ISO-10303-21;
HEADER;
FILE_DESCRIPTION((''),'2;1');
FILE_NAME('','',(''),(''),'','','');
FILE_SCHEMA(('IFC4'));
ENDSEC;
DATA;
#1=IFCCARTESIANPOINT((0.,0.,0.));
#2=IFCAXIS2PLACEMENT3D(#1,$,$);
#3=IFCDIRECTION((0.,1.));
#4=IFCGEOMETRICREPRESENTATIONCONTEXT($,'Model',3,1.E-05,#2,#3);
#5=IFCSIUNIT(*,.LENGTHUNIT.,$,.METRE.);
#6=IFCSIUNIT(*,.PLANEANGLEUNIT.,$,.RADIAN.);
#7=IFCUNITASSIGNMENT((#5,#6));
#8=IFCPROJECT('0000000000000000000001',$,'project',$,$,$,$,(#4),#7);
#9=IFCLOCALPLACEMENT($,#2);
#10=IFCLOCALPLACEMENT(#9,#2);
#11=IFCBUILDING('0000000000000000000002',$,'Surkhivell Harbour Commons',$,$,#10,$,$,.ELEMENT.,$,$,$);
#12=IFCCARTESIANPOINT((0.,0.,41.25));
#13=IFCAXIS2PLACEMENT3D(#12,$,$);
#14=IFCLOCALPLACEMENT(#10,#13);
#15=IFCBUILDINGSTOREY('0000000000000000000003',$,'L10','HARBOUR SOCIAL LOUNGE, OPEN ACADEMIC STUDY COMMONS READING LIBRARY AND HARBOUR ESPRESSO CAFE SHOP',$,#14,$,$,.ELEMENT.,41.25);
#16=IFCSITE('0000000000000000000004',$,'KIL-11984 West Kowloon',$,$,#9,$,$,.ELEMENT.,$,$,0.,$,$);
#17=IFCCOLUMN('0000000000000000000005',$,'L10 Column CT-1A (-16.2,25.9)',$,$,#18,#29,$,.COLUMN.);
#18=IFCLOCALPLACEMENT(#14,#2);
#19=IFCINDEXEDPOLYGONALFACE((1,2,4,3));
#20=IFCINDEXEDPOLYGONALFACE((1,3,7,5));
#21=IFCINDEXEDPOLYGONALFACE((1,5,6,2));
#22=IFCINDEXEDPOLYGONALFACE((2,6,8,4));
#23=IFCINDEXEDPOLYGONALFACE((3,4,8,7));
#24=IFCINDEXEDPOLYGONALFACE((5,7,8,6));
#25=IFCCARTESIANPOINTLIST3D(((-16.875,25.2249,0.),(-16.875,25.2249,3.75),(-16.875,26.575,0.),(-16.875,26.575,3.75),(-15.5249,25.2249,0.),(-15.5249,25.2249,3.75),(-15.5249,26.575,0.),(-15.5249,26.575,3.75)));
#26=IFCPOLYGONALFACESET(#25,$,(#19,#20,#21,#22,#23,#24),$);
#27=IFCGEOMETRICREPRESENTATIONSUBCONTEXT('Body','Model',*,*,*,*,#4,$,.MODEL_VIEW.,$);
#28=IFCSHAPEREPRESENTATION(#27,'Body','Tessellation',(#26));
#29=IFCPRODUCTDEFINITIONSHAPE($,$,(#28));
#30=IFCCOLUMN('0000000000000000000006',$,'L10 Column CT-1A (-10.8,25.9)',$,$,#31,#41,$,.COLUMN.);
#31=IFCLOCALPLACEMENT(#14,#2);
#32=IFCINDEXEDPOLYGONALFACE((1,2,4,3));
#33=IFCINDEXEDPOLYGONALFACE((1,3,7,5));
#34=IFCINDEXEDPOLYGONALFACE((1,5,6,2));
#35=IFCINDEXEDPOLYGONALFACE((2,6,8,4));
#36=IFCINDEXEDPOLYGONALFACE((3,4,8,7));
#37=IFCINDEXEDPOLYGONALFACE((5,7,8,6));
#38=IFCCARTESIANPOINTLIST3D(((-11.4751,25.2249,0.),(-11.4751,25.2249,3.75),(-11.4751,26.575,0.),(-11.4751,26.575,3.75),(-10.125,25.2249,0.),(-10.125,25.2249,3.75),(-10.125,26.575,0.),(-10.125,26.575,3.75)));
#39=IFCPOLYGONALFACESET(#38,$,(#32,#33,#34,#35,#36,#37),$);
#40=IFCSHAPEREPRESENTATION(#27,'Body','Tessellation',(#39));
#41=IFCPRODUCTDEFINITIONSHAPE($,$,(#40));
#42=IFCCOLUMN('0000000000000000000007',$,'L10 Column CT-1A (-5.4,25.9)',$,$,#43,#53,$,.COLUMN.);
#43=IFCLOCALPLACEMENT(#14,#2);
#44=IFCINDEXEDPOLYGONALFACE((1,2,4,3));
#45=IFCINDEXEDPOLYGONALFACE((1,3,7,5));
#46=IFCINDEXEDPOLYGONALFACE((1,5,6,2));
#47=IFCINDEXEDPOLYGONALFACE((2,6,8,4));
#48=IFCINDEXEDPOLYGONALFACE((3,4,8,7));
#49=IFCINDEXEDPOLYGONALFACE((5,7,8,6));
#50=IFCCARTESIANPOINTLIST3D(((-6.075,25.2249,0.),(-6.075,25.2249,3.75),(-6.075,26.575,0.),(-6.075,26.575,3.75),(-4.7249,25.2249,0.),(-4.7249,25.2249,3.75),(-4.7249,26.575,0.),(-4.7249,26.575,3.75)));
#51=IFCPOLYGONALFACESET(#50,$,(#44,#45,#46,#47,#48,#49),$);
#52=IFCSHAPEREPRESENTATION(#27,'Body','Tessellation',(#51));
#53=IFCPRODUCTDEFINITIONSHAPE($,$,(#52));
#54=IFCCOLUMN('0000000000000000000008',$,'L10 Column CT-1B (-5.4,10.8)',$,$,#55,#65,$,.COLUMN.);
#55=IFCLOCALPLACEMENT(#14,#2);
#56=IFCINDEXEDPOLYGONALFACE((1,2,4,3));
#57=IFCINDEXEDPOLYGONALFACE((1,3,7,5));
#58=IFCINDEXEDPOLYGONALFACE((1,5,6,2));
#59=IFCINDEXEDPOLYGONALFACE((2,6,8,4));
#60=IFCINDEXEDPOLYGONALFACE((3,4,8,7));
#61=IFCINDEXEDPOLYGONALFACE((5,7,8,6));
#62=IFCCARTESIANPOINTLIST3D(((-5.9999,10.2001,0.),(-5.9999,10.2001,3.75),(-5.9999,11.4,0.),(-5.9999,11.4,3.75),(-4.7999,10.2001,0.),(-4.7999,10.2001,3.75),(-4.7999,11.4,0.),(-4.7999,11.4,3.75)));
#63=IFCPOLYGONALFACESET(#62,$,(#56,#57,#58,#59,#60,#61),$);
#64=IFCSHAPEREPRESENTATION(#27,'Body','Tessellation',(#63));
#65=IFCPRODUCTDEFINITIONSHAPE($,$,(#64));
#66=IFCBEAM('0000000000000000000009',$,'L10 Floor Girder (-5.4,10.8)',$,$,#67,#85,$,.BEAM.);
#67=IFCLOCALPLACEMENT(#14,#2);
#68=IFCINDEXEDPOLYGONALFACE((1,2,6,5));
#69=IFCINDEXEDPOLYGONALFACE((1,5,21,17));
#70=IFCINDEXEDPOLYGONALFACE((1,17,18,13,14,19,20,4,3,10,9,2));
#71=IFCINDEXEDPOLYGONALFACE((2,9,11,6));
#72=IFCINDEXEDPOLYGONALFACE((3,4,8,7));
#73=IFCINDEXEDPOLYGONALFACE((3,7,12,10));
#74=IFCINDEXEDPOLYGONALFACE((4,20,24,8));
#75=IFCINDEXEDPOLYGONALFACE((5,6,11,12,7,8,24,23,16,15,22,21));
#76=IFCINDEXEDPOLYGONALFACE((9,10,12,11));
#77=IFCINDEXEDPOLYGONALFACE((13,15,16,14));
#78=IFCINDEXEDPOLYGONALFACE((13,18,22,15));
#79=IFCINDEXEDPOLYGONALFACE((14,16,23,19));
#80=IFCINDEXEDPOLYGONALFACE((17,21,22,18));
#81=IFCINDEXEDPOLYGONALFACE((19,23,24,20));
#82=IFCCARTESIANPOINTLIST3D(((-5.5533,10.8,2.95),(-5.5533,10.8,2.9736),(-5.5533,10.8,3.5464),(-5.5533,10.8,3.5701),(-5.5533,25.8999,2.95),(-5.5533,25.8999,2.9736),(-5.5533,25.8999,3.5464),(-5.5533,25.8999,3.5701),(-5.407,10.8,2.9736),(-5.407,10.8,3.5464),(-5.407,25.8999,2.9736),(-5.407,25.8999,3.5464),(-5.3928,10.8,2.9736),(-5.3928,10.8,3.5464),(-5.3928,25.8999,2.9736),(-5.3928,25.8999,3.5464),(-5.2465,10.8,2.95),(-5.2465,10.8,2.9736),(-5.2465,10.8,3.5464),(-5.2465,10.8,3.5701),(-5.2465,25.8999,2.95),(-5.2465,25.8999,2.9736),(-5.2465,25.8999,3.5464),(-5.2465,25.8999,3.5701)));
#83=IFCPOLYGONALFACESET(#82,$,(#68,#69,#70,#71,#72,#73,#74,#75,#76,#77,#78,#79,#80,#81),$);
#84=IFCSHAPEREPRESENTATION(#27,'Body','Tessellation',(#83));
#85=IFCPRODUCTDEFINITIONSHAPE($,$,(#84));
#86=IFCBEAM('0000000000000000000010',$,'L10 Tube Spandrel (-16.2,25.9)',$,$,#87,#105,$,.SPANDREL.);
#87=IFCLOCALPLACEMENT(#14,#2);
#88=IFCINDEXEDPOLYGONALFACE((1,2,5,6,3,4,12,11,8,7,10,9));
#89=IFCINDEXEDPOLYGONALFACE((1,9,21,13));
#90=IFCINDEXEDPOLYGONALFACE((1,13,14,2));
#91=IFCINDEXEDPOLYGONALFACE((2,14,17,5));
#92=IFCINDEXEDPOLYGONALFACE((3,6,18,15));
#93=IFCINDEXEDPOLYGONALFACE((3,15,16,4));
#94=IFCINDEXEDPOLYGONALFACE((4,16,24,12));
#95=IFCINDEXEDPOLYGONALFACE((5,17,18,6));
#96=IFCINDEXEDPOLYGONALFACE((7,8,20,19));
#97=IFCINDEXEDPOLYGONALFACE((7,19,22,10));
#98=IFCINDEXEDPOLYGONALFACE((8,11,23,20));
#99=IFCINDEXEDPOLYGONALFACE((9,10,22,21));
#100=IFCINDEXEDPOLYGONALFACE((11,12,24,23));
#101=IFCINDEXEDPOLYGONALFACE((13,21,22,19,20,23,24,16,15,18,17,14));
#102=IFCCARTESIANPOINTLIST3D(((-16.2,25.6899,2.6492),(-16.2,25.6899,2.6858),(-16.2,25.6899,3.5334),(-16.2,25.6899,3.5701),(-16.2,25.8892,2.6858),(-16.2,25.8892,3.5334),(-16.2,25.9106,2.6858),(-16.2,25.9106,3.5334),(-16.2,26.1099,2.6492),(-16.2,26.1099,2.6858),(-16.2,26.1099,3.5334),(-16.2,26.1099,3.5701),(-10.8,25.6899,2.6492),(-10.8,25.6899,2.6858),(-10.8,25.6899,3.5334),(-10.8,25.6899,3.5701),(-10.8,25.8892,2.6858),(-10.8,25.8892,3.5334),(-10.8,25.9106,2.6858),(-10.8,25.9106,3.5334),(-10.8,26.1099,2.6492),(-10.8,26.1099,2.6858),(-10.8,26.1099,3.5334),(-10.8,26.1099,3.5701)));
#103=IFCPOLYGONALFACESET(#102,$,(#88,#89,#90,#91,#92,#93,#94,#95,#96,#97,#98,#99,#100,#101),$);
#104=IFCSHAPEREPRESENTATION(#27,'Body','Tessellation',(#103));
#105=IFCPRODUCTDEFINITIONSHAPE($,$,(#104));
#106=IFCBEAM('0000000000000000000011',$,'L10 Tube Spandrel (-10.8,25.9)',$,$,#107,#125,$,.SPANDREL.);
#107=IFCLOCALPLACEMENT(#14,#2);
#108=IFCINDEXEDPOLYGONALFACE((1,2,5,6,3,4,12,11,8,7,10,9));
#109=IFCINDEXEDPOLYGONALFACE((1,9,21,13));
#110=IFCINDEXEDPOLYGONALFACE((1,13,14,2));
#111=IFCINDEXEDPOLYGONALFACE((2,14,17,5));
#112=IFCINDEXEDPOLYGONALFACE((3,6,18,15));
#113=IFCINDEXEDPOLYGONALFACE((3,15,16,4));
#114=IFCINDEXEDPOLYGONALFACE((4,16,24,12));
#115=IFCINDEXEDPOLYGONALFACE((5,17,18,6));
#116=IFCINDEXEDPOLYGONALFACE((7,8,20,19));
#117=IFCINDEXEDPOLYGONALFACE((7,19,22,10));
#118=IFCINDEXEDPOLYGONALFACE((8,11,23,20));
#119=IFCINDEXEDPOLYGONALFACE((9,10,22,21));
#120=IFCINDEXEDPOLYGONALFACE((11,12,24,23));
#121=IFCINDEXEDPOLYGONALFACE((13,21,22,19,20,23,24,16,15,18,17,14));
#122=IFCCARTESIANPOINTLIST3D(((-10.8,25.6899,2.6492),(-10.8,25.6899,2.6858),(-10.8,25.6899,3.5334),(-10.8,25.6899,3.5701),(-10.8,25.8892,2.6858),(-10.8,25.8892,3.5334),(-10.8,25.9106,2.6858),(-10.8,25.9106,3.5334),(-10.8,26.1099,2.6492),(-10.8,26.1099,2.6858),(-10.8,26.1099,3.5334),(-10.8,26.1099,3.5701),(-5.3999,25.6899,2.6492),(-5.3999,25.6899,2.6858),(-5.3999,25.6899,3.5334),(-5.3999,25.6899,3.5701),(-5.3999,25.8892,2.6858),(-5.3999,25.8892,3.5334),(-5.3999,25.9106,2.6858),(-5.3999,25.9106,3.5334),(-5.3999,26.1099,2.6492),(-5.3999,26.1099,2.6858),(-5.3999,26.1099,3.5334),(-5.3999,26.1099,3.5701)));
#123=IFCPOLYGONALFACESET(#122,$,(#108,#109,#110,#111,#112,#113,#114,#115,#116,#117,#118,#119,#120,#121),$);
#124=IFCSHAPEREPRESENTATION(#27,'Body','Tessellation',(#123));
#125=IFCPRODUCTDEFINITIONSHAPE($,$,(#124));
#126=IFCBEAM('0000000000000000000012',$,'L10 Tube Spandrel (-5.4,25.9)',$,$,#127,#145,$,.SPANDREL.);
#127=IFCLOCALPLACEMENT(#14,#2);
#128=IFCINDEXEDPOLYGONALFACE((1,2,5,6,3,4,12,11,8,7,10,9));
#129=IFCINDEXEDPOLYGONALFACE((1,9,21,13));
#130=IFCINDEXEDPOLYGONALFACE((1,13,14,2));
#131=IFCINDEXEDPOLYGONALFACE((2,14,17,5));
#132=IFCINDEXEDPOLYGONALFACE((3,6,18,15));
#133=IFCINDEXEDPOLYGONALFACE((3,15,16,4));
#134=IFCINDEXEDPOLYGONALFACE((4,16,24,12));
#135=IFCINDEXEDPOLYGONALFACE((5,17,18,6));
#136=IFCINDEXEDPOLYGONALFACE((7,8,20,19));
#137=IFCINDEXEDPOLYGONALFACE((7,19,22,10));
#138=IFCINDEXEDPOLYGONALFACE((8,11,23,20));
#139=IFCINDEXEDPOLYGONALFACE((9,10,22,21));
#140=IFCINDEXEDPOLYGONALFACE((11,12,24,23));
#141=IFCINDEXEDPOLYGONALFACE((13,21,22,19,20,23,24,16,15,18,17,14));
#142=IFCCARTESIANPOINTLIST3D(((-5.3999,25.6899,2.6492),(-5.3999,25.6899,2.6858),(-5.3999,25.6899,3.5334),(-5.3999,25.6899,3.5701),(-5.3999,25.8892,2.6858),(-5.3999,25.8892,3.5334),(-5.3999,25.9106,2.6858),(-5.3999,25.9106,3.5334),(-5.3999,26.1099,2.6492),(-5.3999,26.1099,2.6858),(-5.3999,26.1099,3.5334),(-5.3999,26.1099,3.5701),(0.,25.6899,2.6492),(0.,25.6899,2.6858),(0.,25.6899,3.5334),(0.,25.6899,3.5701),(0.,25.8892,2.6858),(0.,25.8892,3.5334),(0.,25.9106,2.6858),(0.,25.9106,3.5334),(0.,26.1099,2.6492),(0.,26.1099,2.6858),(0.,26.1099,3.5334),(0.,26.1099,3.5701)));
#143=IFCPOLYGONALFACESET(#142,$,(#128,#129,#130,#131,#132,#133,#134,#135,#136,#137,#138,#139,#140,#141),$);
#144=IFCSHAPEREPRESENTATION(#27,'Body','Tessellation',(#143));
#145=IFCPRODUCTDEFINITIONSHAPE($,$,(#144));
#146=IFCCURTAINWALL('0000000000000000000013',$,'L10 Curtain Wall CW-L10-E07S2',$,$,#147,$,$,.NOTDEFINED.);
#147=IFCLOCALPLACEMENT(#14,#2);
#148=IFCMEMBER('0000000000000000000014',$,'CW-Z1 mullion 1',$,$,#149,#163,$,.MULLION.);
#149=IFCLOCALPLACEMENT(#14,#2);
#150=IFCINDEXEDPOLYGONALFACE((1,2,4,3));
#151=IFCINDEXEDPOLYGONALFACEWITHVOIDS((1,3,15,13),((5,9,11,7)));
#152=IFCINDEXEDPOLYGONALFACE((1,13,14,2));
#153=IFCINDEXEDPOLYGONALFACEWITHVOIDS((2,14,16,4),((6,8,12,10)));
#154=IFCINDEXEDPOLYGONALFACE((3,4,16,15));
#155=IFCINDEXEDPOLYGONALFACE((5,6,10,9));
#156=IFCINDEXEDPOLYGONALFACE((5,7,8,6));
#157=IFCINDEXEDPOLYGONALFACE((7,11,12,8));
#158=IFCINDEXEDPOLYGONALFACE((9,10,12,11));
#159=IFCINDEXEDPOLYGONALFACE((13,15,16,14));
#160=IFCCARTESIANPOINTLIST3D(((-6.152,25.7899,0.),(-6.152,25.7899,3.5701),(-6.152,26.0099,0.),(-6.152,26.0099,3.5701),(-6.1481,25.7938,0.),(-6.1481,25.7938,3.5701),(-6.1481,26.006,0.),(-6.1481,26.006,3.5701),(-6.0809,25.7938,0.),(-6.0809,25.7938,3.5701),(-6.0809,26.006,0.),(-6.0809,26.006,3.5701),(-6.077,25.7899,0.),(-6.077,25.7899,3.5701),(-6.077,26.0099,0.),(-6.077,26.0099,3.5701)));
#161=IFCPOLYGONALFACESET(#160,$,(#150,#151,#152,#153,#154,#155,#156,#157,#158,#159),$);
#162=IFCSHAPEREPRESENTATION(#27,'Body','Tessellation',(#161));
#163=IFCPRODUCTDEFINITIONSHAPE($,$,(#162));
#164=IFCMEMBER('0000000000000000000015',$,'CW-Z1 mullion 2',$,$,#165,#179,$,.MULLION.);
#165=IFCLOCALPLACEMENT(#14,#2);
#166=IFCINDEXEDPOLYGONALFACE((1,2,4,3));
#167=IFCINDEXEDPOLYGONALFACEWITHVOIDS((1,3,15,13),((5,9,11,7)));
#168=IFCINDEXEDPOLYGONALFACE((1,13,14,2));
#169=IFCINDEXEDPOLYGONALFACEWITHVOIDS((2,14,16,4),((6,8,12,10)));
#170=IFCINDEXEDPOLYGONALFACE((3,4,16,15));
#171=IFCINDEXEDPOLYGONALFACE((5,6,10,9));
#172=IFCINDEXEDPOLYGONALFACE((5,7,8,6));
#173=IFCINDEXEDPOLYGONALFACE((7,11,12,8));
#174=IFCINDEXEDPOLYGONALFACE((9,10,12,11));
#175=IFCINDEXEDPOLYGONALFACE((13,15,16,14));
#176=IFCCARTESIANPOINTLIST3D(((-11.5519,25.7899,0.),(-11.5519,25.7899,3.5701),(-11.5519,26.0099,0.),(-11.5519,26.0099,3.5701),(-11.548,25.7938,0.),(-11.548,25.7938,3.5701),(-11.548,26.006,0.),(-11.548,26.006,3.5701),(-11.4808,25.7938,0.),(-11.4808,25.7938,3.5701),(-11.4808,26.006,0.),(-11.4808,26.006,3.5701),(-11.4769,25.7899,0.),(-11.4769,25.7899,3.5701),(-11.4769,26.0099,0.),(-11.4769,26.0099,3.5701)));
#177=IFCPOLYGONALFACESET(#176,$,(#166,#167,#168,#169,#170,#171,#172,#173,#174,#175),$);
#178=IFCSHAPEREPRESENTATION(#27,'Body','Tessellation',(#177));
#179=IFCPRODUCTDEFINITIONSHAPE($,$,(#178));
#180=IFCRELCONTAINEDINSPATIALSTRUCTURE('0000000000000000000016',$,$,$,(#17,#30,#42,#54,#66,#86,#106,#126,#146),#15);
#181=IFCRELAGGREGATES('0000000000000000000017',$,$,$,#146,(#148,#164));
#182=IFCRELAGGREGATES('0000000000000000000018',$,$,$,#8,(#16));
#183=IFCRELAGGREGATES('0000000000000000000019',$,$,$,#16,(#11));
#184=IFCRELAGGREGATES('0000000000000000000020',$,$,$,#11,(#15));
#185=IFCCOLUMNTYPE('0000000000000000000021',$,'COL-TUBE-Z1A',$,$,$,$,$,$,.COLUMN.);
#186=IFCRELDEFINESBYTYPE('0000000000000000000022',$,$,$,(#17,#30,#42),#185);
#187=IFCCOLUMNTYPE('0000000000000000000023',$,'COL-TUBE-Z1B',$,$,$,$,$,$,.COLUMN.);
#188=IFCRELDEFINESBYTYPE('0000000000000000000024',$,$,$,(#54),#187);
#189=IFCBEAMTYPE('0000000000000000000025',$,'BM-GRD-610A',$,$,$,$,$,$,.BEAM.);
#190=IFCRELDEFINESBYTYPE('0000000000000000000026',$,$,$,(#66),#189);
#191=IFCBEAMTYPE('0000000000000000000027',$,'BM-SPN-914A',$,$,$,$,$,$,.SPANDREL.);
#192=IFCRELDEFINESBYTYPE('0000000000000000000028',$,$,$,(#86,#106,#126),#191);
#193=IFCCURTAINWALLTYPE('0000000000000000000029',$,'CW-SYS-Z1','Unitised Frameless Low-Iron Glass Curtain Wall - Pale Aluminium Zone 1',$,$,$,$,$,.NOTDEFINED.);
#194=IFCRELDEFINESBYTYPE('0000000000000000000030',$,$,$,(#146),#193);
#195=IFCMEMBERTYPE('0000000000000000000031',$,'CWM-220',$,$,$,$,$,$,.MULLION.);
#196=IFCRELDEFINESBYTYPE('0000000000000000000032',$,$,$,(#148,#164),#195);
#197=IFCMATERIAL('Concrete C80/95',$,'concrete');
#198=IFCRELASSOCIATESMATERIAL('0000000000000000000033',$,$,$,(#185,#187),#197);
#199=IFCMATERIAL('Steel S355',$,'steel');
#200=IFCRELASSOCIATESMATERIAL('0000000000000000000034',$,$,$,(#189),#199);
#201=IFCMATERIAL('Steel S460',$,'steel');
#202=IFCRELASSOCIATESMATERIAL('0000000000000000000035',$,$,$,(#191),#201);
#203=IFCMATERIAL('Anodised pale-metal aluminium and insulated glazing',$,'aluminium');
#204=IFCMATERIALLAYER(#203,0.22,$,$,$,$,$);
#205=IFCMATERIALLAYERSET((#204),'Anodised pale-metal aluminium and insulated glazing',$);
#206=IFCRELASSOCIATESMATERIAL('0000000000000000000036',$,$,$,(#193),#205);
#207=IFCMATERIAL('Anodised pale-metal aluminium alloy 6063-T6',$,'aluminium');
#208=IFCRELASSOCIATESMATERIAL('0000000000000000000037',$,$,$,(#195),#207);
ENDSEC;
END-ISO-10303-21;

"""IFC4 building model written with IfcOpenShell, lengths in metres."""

from ifc_helpers import new_model, si_unit, direction, frame, origin, origin_2d, place, context, subcontext, project, spatial, rectangle, hollow_rectangle, i_section, extrude, material, layer, layer_set, material_profile, profile_set, type_object, element, aggregate, save


model = new_model("IFC4")

# Units and contexts
model_context = context("Model", 3, precision=1e-05, world=origin(), true_north=direction((0.0, 1.0)))
body_context = subcontext(model_context, "Body", "Model", "MODEL_VIEW")
ifc_project = project(units=[si_unit("LENGTHUNIT", "METRE"), si_unit("PLANEANGLEUNIT", "RADIAN")], contexts=[model_context])

# Site, building, storey
site_placement = place(None, origin())
site = spatial("IfcSite", under=ifc_project, at=site_placement, Name="KIL-11984 West Kowloon", CompositionType="ELEMENT", RefElevation=0.0)
building_placement = place(site_placement, origin())
building = spatial("IfcBuilding", under=site, at=building_placement, Name="Surkhivell Harbour Commons", CompositionType="ELEMENT")
storey_placement = place(building_placement, frame((0.0, 0.0, 41.25)))
storey = spatial("IfcBuildingStorey", under=building, at=storey_placement, Name="L10", Description="HARBOUR SOCIAL LOUNGE, OPEN ACADEMIC STUDY COMMONS READING LIBRARY AND HARBOUR ESPRESSO CAFE SHOP", CompositionType="ELEMENT", Elevation=41.25)

# Columns
ifc_material_1 = material(Name="Concrete C80/95", Category="concrete")
ifc_material_profile_1 = material_profile(ifc_material_1, rectangle(XDim=1.3501, YDim=1.3501, at=origin_2d()), Name="RC-COL-1350x1350")
ifc_profile_set_1 = profile_set([ifc_material_profile_1], Name="Concrete C80/95")
column_type_1 = type_object("IfcColumnType", Name="COL-TUBE-Z1A", PredefinedType="COLUMN", material=ifc_profile_set_1)
for number, where, z_axis, x_axis, name in (
    (1, (-16.2, 25.8999, 0.0), (0.0, 0.0, 1.0), (1.0, 0.0, 0.0), "L10 Column CT-1A (-16.2,25.9)"),
    (2, (-10.8, 25.8999, 0.0), (0.0, 0.0, 1.0), (1.0, 0.0, 0.0), "L10 Column CT-1A (-10.8,25.9)"),
    (3, (-5.3999, 25.8999, 0.0), (0.0, 0.0, 1.0), (1.0, 0.0, 0.0), "L10 Column CT-1A (-5.4,25.9)"),
):
    element("IfcColumn", number, at=place(storey_placement, frame(where, z_axis=z_axis, x_axis=x_axis)), inside=storey, type_object=column_type_1, Name=name, PredefinedType="COLUMN", context=body_context, shape_type="SweptSolid", body=[
        extrude(rectangle(XDim=1.3501, YDim=1.3501, at=origin_2d()), origin(), (0.0, 0.0, 1.0), 3.75),
    ])
ifc_material_profile_2 = material_profile(ifc_material_1, rectangle(XDim=1.2, YDim=1.2, at=origin_2d()), Name="RC-COL-1200x1200")
ifc_profile_set_2 = profile_set([ifc_material_profile_2], Name="Concrete C80/95")
column_type_2 = type_object("IfcColumnType", Name="COL-TUBE-Z1B", PredefinedType="COLUMN", material=ifc_profile_set_2)
column_placement = place(storey_placement, frame((-5.3999, 10.8, 0.0), z_axis=(0.0, 0.0, 1.0), x_axis=(1.0, 0.0, 0.0)))
element("IfcColumn", 4, at=column_placement, inside=storey, type_object=column_type_2, Name="L10 Column CT-1B (-5.4,10.8)", PredefinedType="COLUMN", context=body_context, shape_type="SweptSolid", body=[
    extrude(rectangle(XDim=1.2, YDim=1.2, at=origin_2d()), origin(), (0.0, 0.0, 1.0), 3.75),
])

# Beams
ifc_material_2 = material(Name="Steel S355", Category="steel")
ifc_material_profile_3 = material_profile(ifc_material_2, i_section(OverallWidth=0.3069, OverallDepth=0.6201, WebThickness=0.0142, FlangeThickness=0.0237, at=origin_2d()), Name="UB610x305x179")
ifc_profile_set_3 = profile_set([ifc_material_profile_3], Name="Steel S355")
beam_type_1 = type_object("IfcBeamType", Name="BM-GRD-610A", PredefinedType="BEAM", material=ifc_profile_set_3)
beam_1_placement = place(storey_placement, frame((-5.3999, 10.8, 3.26), z_axis=(0.0, 1.0, 0.0), x_axis=(-1.0, 0.0, 0.0)))
element("IfcBeam", 5, at=beam_1_placement, inside=storey, type_object=beam_type_1, Name="L10 Floor Girder (-5.4,10.8)", PredefinedType="BEAM", context=body_context, shape_type="SweptSolid", body=[
    extrude(i_section(OverallWidth=0.3069, OverallDepth=0.6201, WebThickness=0.0142, FlangeThickness=0.0237, at=origin_2d()), origin(), (0.0, 0.0, 1.0), 15.0999),
])
ifc_material_3 = material(Name="Steel S460", Category="steel")
ifc_material_profile_4 = material_profile(ifc_material_3, i_section(OverallWidth=0.4199, OverallDepth=0.9209, WebThickness=0.0215, FlangeThickness=0.0366, at=origin_2d()), Name="UB914x419x388")
ifc_profile_set_4 = profile_set([ifc_material_profile_4], Name="Steel S460")
beam_type_2 = type_object("IfcBeamType", Name="BM-SPN-914A", PredefinedType="SPANDREL", material=ifc_profile_set_4)
beam_2_placement = place(storey_placement, frame((-16.2, 25.8999, 3.1096), z_axis=(1.0, 0.0, 0.0), x_axis=(0.0, 1.0, 0.0)))
element("IfcBeam", 6, at=beam_2_placement, inside=storey, type_object=beam_type_2, Name="L10 Tube Spandrel (-16.2,25.9)", PredefinedType="SPANDREL", context=body_context, shape_type="SweptSolid", body=[
    extrude(i_section(OverallWidth=0.4199, OverallDepth=0.9209, WebThickness=0.0215, FlangeThickness=0.0366, at=origin_2d()), origin(), (0.0, 0.0, 1.0), 5.3999),
])
beam_3_placement = place(storey_placement, frame((-10.8, 25.8999, 3.1096), z_axis=(1.0, 0.0, 0.0), x_axis=(0.0, 1.0, 0.0)))
element("IfcBeam", 7, at=beam_3_placement, inside=storey, type_object=beam_type_2, Name="L10 Tube Spandrel (-10.8,25.9)", PredefinedType="SPANDREL", context=body_context, shape_type="SweptSolid", body=[
    extrude(i_section(OverallWidth=0.4199, OverallDepth=0.9209, WebThickness=0.0215, FlangeThickness=0.0366, at=origin_2d()), origin(), (0.0, 0.0, 1.0), 5.4001),
])
beam_4_placement = place(storey_placement, frame((-5.3999, 25.8999, 3.1096), z_axis=(1.0, 0.0, 0.0), x_axis=(0.0, 1.0, 0.0)))
element("IfcBeam", 8, at=beam_4_placement, inside=storey, type_object=beam_type_2, Name="L10 Tube Spandrel (-5.4,25.9)", PredefinedType="SPANDREL", context=body_context, shape_type="SweptSolid", body=[
    extrude(i_section(OverallWidth=0.4199, OverallDepth=0.9209, WebThickness=0.0215, FlangeThickness=0.0366, at=origin_2d()), origin(), (0.0, 0.0, 1.0), 5.3999),
])

# Curtain wall, members
ifc_material_4 = material(Name="Anodised pale-metal aluminium and insulated glazing", Category="aluminium")
ifc_layer_1 = layer(ifc_material_4, 0.22)
ifc_layer_set_1 = layer_set([ifc_layer_1], Name="Anodised pale-metal aluminium and insulated glazing")
curtain_wall_type = type_object("IfcCurtainWallType", Name="CW-SYS-Z1", Description="Unitised Frameless Low-Iron Glass Curtain Wall - Pale Aluminium Zone 1", PredefinedType="NOTDEFINED", material=ifc_layer_set_1)
curtain_wall_placement = place(storey_placement, origin())
curtain_wall = element("IfcCurtainWall", 9, at=curtain_wall_placement, inside=storey, type_object=curtain_wall_type, Name="L10 Curtain Wall CW-L10-E07S2", PredefinedType="NOTDEFINED")
ifc_material_5 = material(Name="Anodised pale-metal aluminium alloy 6063-T6", Category="aluminium")
ifc_material_profile_5 = material_profile(ifc_material_5, hollow_rectangle(XDim=0.075, YDim=0.22, WallThickness=0.0039, at=origin_2d()), Name="ALU-MULL-75x220")
ifc_profile_set_5 = profile_set([ifc_material_profile_5], Name="Anodised pale-metal aluminium alloy 6063-T6")
member_type_1 = type_object("IfcMemberType", Name="CWM-220", PredefinedType="MULLION", material=ifc_profile_set_5)
member_1_placement = place(storey_placement, frame((-6.1145, 25.8999, 0.0), z_axis=(0.0, 0.0, 1.0), x_axis=(-1.0, 0.0, 0.0)))
member_1 = element("IfcMember", 10, at=member_1_placement, type_object=member_type_1, Name="CW-Z1 mullion 1", PredefinedType="MULLION", context=body_context, shape_type="SweptSolid", body=[
    extrude(hollow_rectangle(XDim=0.075, YDim=0.22, WallThickness=0.0039, at=origin_2d()), origin(), (0.0, 0.0, 1.0), 3.5701),
])
member_2_placement = place(storey_placement, frame((-11.5144, 25.8999, 0.0), z_axis=(0.0, 0.0, 1.0), x_axis=(-1.0, 0.0, 0.0)))
member_2 = element("IfcMember", 11, at=member_2_placement, type_object=member_type_1, Name="CW-Z1 mullion 2", PredefinedType="MULLION", context=body_context, shape_type="SweptSolid", body=[
    extrude(hollow_rectangle(XDim=0.075, YDim=0.22, WallThickness=0.0039, at=origin_2d()), origin(), (0.0, 0.0, 1.0), 3.5701),
])
aggregate(curtain_wall, [member_1, member_2])

save(model, "model.ifc")
